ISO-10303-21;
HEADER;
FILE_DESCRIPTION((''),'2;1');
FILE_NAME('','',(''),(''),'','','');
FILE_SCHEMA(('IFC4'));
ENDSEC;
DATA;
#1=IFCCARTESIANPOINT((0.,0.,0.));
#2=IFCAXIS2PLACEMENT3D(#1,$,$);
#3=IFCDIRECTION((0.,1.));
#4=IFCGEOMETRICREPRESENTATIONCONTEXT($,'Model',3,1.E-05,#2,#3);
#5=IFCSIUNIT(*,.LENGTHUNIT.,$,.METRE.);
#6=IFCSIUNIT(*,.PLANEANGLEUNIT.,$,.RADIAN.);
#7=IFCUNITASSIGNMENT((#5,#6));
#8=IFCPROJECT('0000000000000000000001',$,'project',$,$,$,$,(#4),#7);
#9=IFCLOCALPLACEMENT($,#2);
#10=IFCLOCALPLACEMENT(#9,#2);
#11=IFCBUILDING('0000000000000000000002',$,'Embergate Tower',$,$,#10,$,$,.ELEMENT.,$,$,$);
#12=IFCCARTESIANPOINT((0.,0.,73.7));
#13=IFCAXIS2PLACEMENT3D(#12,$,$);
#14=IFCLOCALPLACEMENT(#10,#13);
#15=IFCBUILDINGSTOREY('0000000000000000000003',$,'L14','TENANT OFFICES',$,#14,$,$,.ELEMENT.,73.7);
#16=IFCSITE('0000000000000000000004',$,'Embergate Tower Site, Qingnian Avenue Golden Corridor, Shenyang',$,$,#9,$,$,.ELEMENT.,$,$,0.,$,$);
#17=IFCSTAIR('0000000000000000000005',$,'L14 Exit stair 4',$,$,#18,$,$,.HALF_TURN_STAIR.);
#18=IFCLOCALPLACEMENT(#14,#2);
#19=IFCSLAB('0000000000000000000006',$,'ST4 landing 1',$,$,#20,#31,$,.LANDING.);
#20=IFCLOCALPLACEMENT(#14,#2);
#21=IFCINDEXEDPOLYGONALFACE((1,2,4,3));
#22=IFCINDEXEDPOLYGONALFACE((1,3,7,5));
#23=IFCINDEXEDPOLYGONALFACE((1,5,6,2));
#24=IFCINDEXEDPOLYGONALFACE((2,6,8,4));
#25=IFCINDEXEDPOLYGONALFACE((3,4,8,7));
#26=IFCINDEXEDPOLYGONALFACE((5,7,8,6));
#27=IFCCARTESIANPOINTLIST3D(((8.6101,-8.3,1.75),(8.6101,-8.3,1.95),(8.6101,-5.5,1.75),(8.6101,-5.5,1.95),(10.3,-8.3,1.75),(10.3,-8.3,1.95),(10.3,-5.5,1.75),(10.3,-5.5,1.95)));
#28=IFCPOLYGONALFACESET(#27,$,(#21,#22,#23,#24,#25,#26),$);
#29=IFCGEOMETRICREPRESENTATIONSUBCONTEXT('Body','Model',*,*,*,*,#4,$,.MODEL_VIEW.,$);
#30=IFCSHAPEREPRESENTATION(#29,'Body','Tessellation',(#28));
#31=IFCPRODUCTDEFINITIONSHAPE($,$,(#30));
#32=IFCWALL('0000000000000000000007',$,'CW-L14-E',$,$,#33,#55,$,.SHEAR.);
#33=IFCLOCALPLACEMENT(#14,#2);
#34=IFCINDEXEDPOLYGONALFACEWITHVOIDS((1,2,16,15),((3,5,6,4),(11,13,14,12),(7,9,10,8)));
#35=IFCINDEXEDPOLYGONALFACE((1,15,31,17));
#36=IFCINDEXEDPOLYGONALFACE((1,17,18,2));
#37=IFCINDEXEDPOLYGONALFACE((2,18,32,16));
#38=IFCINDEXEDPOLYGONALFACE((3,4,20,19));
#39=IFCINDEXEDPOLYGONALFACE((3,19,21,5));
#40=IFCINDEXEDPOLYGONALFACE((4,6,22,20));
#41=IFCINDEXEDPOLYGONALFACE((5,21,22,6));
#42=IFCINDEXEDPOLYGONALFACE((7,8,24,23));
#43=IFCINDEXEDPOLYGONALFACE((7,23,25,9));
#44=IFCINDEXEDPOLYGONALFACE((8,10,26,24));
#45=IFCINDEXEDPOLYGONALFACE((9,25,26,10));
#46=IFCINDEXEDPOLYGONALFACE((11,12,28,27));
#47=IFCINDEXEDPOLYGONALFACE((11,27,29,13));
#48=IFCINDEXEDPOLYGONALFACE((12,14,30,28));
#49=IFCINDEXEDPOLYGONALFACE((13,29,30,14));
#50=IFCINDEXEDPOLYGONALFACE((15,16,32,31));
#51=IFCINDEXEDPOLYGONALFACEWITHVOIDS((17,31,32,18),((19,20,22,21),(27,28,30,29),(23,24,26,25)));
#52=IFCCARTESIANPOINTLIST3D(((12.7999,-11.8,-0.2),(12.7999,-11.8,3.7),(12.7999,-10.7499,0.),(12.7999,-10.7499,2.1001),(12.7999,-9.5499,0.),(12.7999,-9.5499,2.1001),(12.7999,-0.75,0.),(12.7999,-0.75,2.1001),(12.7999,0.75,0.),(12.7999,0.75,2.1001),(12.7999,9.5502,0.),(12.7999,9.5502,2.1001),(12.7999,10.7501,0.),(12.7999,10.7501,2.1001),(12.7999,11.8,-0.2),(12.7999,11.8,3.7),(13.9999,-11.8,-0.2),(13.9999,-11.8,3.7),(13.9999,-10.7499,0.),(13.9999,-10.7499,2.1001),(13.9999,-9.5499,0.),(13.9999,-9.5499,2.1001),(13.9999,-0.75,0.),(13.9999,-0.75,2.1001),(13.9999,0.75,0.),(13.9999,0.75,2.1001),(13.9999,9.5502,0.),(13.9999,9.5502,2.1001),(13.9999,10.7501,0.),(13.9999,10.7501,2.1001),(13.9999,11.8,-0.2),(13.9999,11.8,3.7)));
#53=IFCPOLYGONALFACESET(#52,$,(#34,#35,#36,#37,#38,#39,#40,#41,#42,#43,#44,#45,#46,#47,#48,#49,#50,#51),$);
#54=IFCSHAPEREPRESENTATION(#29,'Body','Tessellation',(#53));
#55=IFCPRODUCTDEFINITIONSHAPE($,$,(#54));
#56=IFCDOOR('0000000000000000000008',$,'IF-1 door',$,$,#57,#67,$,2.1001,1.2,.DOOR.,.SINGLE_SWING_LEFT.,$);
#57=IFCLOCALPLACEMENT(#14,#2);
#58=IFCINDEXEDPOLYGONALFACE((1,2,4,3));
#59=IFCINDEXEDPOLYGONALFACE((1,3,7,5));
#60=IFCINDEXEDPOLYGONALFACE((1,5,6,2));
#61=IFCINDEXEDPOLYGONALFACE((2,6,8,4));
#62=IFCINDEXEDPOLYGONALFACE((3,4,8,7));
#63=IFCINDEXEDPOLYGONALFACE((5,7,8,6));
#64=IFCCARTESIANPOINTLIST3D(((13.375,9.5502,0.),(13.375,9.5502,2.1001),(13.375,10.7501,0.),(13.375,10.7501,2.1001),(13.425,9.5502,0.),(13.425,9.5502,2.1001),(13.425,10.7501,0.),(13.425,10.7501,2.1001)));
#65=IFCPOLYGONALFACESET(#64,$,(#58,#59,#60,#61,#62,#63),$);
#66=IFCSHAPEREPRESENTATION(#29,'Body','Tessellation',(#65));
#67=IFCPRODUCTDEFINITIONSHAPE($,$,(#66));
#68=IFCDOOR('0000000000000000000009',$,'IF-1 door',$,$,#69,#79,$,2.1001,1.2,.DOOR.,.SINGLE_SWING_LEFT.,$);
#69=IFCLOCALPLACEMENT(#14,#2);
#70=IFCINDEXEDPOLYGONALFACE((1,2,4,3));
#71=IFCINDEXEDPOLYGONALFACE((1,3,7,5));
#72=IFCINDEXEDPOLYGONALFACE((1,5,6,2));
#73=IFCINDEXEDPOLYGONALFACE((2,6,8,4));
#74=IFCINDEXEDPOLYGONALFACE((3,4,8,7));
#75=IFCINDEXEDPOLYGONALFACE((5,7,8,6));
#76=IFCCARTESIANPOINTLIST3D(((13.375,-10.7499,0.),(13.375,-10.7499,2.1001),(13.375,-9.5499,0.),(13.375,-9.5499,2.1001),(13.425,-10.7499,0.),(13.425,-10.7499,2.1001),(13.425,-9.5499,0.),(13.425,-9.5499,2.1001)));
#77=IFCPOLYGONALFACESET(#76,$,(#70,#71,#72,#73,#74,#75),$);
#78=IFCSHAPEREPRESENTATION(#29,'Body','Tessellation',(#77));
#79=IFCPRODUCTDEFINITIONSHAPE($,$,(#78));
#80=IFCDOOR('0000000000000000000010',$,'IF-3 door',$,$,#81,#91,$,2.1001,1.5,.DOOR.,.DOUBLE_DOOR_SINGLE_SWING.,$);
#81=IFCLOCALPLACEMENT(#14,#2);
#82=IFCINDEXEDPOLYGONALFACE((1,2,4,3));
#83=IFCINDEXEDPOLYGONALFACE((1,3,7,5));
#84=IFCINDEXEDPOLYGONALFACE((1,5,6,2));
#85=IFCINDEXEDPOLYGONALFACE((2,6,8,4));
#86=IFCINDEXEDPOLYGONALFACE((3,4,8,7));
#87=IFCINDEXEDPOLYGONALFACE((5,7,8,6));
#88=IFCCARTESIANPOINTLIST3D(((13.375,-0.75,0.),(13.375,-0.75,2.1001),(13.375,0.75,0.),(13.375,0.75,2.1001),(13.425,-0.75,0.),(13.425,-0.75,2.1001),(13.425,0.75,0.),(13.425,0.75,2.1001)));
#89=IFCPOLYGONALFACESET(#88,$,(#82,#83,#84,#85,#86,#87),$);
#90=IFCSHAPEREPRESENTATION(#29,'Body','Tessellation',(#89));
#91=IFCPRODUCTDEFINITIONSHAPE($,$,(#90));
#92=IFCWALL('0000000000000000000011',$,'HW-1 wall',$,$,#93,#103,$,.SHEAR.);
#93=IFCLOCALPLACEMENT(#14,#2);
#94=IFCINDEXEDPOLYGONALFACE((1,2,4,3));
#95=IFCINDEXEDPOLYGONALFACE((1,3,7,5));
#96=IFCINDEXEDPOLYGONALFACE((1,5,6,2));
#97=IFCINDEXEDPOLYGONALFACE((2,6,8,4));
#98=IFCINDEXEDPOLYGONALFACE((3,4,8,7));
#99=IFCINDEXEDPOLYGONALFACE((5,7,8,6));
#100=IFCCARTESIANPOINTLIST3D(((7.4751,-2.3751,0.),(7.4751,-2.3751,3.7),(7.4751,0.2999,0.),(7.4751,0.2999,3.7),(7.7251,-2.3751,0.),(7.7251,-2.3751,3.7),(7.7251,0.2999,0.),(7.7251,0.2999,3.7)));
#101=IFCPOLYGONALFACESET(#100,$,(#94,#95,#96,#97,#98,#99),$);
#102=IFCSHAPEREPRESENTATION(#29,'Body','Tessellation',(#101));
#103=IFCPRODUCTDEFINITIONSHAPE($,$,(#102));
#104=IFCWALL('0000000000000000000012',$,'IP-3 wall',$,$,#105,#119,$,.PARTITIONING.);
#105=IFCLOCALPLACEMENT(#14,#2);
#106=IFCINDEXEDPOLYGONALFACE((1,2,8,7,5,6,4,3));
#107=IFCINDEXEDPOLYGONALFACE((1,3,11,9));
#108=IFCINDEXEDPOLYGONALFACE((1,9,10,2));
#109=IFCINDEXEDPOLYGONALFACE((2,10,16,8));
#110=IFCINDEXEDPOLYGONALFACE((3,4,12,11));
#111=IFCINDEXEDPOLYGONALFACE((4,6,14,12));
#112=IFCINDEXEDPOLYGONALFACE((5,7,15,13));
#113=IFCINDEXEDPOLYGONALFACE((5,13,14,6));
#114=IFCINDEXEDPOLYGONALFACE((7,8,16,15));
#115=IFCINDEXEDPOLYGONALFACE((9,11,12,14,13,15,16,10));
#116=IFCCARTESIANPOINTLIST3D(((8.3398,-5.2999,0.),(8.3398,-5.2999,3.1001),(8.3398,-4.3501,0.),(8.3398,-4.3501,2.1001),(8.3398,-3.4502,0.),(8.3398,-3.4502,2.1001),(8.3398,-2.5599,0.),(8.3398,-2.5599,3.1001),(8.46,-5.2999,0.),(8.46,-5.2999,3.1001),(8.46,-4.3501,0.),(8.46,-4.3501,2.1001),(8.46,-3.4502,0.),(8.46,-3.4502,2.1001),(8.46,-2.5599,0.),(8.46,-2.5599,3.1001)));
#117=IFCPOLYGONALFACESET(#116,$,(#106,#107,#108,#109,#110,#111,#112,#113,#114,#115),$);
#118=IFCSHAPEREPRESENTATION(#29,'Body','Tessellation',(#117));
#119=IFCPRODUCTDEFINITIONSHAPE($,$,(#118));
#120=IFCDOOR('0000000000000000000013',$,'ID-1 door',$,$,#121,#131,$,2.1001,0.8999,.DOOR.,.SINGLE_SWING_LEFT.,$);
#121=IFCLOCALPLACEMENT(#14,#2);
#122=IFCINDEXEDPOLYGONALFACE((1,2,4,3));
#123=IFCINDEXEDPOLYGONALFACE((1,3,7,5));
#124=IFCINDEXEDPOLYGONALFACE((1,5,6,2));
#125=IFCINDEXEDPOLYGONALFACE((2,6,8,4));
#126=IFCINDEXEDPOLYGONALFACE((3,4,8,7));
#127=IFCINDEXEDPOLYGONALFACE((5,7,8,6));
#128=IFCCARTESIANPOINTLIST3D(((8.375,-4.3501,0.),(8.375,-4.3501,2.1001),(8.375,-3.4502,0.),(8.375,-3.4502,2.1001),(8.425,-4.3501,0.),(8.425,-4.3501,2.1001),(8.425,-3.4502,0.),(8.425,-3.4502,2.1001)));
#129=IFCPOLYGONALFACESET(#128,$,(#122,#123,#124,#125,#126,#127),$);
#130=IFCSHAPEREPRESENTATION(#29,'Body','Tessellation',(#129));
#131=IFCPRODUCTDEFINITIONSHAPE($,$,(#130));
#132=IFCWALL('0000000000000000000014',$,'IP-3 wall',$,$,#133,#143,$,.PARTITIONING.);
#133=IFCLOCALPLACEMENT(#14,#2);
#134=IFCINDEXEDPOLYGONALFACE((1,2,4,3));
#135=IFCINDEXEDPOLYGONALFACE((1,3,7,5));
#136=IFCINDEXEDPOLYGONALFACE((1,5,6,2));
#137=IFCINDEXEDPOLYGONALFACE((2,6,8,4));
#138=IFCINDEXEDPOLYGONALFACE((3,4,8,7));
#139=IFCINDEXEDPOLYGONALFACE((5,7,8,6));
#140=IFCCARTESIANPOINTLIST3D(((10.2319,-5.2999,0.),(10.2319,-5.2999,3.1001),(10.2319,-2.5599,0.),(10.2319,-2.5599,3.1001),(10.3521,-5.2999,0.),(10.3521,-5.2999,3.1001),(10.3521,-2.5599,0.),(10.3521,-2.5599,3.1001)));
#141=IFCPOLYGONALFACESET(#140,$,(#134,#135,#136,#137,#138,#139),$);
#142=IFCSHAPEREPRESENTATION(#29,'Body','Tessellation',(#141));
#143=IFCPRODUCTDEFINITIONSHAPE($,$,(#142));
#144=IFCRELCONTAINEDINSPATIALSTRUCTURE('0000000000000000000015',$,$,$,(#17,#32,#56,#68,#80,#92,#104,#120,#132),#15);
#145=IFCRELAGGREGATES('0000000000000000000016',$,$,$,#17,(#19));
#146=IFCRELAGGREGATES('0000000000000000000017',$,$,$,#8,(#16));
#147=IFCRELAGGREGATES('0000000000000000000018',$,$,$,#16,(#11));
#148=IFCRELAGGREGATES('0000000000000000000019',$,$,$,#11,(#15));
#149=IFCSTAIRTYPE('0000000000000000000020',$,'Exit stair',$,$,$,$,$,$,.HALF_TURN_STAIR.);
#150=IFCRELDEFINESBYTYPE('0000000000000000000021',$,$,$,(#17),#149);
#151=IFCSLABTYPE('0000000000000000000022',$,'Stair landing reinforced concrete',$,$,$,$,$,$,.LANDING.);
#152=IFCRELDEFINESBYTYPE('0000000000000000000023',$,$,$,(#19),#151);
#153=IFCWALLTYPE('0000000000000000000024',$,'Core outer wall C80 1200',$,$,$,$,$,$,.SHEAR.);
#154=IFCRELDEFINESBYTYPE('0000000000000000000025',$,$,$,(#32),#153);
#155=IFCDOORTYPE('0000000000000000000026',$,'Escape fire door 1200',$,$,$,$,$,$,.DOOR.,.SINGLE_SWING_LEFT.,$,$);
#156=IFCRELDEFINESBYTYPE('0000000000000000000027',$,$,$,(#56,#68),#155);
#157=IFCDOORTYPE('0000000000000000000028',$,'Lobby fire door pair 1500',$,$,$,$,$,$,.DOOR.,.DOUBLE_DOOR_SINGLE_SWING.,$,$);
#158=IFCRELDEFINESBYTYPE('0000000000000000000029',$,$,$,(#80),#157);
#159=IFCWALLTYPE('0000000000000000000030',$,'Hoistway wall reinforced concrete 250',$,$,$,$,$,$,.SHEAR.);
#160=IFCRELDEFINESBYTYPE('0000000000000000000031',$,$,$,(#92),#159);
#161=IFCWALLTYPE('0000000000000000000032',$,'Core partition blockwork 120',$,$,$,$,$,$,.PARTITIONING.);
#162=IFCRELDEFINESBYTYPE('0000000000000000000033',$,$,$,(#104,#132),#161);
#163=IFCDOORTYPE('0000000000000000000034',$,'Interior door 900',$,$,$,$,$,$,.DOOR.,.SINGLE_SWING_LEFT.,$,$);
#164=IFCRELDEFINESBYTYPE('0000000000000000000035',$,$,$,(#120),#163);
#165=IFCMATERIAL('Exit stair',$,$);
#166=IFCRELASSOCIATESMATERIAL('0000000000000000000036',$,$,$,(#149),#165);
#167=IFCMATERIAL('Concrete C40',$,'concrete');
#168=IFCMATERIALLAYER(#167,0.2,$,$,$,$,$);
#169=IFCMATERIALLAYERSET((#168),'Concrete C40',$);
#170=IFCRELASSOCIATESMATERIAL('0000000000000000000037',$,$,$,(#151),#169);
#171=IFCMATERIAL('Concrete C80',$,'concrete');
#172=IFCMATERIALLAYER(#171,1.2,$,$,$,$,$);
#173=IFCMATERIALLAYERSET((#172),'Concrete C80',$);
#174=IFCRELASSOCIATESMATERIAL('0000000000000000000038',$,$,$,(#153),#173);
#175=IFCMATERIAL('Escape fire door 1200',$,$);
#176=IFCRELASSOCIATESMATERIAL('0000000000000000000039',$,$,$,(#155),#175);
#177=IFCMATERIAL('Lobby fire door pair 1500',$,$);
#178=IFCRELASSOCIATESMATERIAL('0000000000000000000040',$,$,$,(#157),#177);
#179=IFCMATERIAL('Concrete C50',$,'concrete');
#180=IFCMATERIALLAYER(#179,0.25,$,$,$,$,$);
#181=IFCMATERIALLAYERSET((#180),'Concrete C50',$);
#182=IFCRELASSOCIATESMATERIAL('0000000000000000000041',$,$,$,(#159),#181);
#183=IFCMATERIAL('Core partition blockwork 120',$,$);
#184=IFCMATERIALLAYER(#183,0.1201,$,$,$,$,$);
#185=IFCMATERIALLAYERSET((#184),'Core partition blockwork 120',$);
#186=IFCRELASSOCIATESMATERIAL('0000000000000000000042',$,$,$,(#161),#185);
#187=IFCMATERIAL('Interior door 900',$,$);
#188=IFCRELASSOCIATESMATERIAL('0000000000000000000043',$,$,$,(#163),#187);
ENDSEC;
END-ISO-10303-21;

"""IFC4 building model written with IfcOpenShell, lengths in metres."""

from ifc_helpers import new_model, si_unit, direction, frame, frame_2d, origin, place, context, subcontext, project, spatial, polyline, rectangle, outline, extrude, source, transform, mapped, material, layer, layer_set, type_object, element, fill, aggregate, save


model = new_model("IFC4")

# Units and contexts
model_context = context("Model", 3, precision=1e-05, world=origin(), true_north=direction((0.0, 1.0)))
body_context = subcontext(model_context, "Body", "Model", "MODEL_VIEW")
ifc_project = project(units=[si_unit("LENGTHUNIT", "METRE"), si_unit("PLANEANGLEUNIT", "RADIAN")], contexts=[model_context])

# Site, building, storey
site_placement = place(None, origin())
site = spatial("IfcSite", under=ifc_project, at=site_placement, Name="Embergate Tower Site, Qingnian Avenue Golden Corridor, Shenyang", CompositionType="ELEMENT", RefElevation=0.0)
building_placement = place(site_placement, origin())
building = spatial("IfcBuilding", under=site, at=building_placement, Name="Embergate Tower", CompositionType="ELEMENT")
storey_placement = place(building_placement, frame((0.0, 0.0, 73.7)))
storey = spatial("IfcBuildingStorey", under=building, at=storey_placement, Name="L14", Description="TENANT OFFICES", CompositionType="ELEMENT", Elevation=73.7)

# Stair, slab
ifc_material_1 = material(Name="Exit stair")
stair_type = type_object("IfcStairType", Name="Exit stair", PredefinedType="HALF_TURN_STAIR", material=ifc_material_1)
stair_placement = place(storey_placement, origin())
stair = element("IfcStair", 1, at=stair_placement, inside=storey, type_object=stair_type, Name="L14 Exit stair 4", PredefinedType="HALF_TURN_STAIR")
ifc_material_2 = material(Name="Concrete C40", Category="concrete")
ifc_layer_1 = layer(ifc_material_2, 0.2)
ifc_layer_set_1 = layer_set([ifc_layer_1], Name="Concrete C40")
slab_type = type_object("IfcSlabType", Name="Stair landing reinforced concrete", PredefinedType="LANDING", material=ifc_layer_set_1)
shared_shape_1 = source(origin(), body_context, "Body", "SweptSolid", [
    extrude(outline(polyline([(0.0, 0.0), (1.6899, 0.0), (1.6899, 2.8), (0.0, 2.8), (0.0, 0.0)])), origin(), (0.0, 0.0, 1.0), 0.2),
])
slab_placement = place(storey_placement, frame((8.6101, -8.3, 1.75)))
slab = element("IfcSlab", 2, at=slab_placement, type_object=slab_type, Name="ST4 landing 1", PredefinedType="LANDING", context=body_context, shape_type="MappedRepresentation", body=[
    mapped(shared_shape_1, transform((0.0, 0.0, 0.0))),
])

# Wall, openings, doors
ifc_material_3 = material(Name="Concrete C80", Category="concrete")
ifc_layer_2 = layer(ifc_material_3, 1.2)
ifc_layer_set_2 = layer_set([ifc_layer_2], Name="Concrete C80")
wall_type_1 = type_object("IfcWallType", Name="Core outer wall C80 1200", PredefinedType="SHEAR", material=ifc_layer_set_2)
shared_shape_2 = source(origin(), body_context, "Body", "SweptSolid", [
    extrude(rectangle(XDim=23.6001, YDim=1.2, at=frame_2d((11.8, 0.0))), origin(), (0.0, 0.0, 1.0), 3.8999),
])
wall_1_placement = place(storey_placement, frame((13.3999, -11.8, -0.2), z_axis=(0.0, 0.0, 1.0), x_axis=(0.0, 1.0, 0.0)))
wall_1 = element("IfcWall", 3, at=wall_1_placement, inside=storey, type_object=wall_type_1, Name="CW-L14-E", PredefinedType="SHEAR", context=body_context, shape_type="MappedRepresentation", body=[
    mapped(shared_shape_2, transform((0.0, 0.0, 0.0))),
])
shared_shape_3 = source(origin(), body_context, "Body", "SweptSolid", [
    extrude(rectangle(XDim=1.2, YDim=2.1001, at=frame_2d((0.6001, 1.05))), frame((0.0, 0.6099, 0.0), z_axis=(0.0, -1.0, 0.0), x_axis=(1.0, 0.0, 0.0)), (0.0, 0.0, 1.0), 1.22),
])
opening_1_placement = place(wall_1_placement, frame((21.3501, 0.0, 0.2)))
opening_1 = element("IfcOpeningElement", 4, at=opening_1_placement, cuts=wall_1, PredefinedType="OPENING", context=body_context, shape_type="MappedRepresentation", body=[
    mapped(shared_shape_3, transform((0.0, 0.0, 0.0))),
])
opening_2_placement = place(wall_1_placement, frame((1.05, 0.0, 0.2)))
opening_2 = element("IfcOpeningElement", 5, at=opening_2_placement, cuts=wall_1, PredefinedType="OPENING", context=body_context, shape_type="MappedRepresentation", body=[
    mapped(shared_shape_3, transform((0.0, 0.0, 0.0))),
])
shared_shape_4 = source(origin(), body_context, "Body", "SweptSolid", [
    extrude(rectangle(XDim=1.5, YDim=2.1001, at=frame_2d((0.75, 1.05))), frame((0.0, 0.6099, 0.0), z_axis=(0.0, -1.0, 0.0), x_axis=(1.0, 0.0, 0.0)), (0.0, 0.0, 1.0), 1.22),
])
opening_3_placement = place(wall_1_placement, frame((11.05, 0.0, 0.2)))
opening_3 = element("IfcOpeningElement", 6, at=opening_3_placement, cuts=wall_1, PredefinedType="OPENING", context=body_context, shape_type="MappedRepresentation", body=[
    mapped(shared_shape_4, transform((0.0, 0.0, 0.0))),
])
ifc_material_4 = material(Name="Escape fire door 1200")
door_type_1 = type_object("IfcDoorType", Name="Escape fire door 1200", OperationType="SINGLE_SWING_LEFT", PredefinedType="DOOR", material=ifc_material_4)
shared_shape_5 = source(origin(), body_context, "Body", "SweptSolid", [
    extrude(rectangle(XDim=1.2, YDim=2.1001, at=frame_2d((0.6001, 1.05))), frame((0.0, 0.0249, 0.0), z_axis=(0.0, -1.0, 0.0), x_axis=(1.0, 0.0, 0.0)), (0.0, 0.0, 1.0), 0.05),
])
door_1_placement = place(opening_1_placement, origin())
door_1 = element("IfcDoor", 7, at=door_1_placement, inside=storey, type_object=door_type_1, Name="IF-1 door", OperationType="SINGLE_SWING_LEFT", OverallHeight=2.1001, OverallWidth=1.2, PredefinedType="DOOR", context=body_context, shape_type="MappedRepresentation", body=[
    mapped(shared_shape_5, transform((0.0, 0.0, 0.0))),
])
fill(opening_1, door_1)
door_2_placement = place(opening_2_placement, origin())
door_2 = element("IfcDoor", 8, at=door_2_placement, inside=storey, type_object=door_type_1, Name="IF-1 door", OperationType="SINGLE_SWING_LEFT", OverallHeight=2.1001, OverallWidth=1.2, PredefinedType="DOOR", context=body_context, shape_type="MappedRepresentation", body=[
    mapped(shared_shape_5, transform((0.0, 0.0, 0.0))),
])
fill(opening_2, door_2)
ifc_material_5 = material(Name="Lobby fire door pair 1500")
door_type_2 = type_object("IfcDoorType", Name="Lobby fire door pair 1500", OperationType="DOUBLE_DOOR_SINGLE_SWING", PredefinedType="DOOR", material=ifc_material_5)
shared_shape_6 = source(origin(), body_context, "Body", "SweptSolid", [
    extrude(rectangle(XDim=1.5, YDim=2.1001, at=frame_2d((0.75, 1.05))), frame((0.0, 0.0249, 0.0), z_axis=(0.0, -1.0, 0.0), x_axis=(1.0, 0.0, 0.0)), (0.0, 0.0, 1.0), 0.05),
])
door_3_placement = place(opening_3_placement, origin())
door_3 = element("IfcDoor", 9, at=door_3_placement, inside=storey, type_object=door_type_2, Name="IF-3 door", OperationType="DOUBLE_DOOR_SINGLE_SWING", OverallHeight=2.1001, OverallWidth=1.5, PredefinedType="DOOR", context=body_context, shape_type="MappedRepresentation", body=[
    mapped(shared_shape_6, transform((0.0, 0.0, 0.0))),
])
fill(opening_3, door_3)

# Wall
ifc_material_6 = material(Name="Concrete C50", Category="concrete")
ifc_layer_3 = layer(ifc_material_6, 0.25)
ifc_layer_set_3 = layer_set([ifc_layer_3], Name="Concrete C50")
wall_type_2 = type_object("IfcWallType", Name="Hoistway wall reinforced concrete 250", PredefinedType="SHEAR", material=ifc_layer_set_3)
shared_shape_7 = source(origin(), body_context, "Body", "SweptSolid", [
    extrude(rectangle(XDim=2.675, YDim=0.25, at=frame_2d((1.3374, 0.0))), origin(), (0.0, 0.0, 1.0), 3.7),
])
wall_2_placement = place(storey_placement, frame((7.6001, -2.375, 0.0), z_axis=(0.0, 0.0, 1.0), x_axis=(0.0, 1.0, 0.0)))
element("IfcWall", 10, at=wall_2_placement, inside=storey, type_object=wall_type_2, Name="HW-1 wall", PredefinedType="SHEAR", context=body_context, shape_type="MappedRepresentation", body=[
    mapped(shared_shape_7, transform((0.0, 0.0, 0.0))),
])

# Wall, opening, door
ifc_material_7 = material(Name="Core partition blockwork 120")
ifc_layer_4 = layer(ifc_material_7, 0.1201)
ifc_layer_set_4 = layer_set([ifc_layer_4], Name="Core partition blockwork 120")
wall_type_3 = type_object("IfcWallType", Name="Core partition blockwork 120", PredefinedType="PARTITIONING", material=ifc_layer_set_4)
shared_shape_8 = source(origin(), body_context, "Body", "SweptSolid", [
    extrude(rectangle(XDim=2.74, YDim=0.1201, at=frame_2d((1.3701, 0.0))), origin(), (0.0, 0.0, 1.0), 3.1001),
])
wall_3_placement = place(storey_placement, frame((8.3999, -5.3, 0.0), z_axis=(0.0, 0.0, 1.0), x_axis=(0.0, 1.0, 0.0)))
wall_3 = element("IfcWall", 11, at=wall_3_placement, inside=storey, type_object=wall_type_3, Name="IP-3 wall", PredefinedType="PARTITIONING", context=body_context, shape_type="MappedRepresentation", body=[
    mapped(shared_shape_8, transform((0.0, 0.0, 0.0))),
])
shared_shape_9 = source(origin(), body_context, "Body", "SweptSolid", [
    extrude(rectangle(XDim=0.8999, YDim=2.1001, at=frame_2d((0.45, 1.05))), frame((0.0, 0.0701, 0.0), z_axis=(0.0, -1.0, 0.0), x_axis=(1.0, 0.0, 0.0)), (0.0, 0.0, 1.0), 0.1401),
])
opening_4_placement = place(wall_3_placement, frame((0.95, 0.0, 0.0)))
opening_4 = element("IfcOpeningElement", 12, at=opening_4_placement, cuts=wall_3, PredefinedType="OPENING", context=body_context, shape_type="MappedRepresentation", body=[
    mapped(shared_shape_9, transform((0.0, 0.0, 0.0))),
])
ifc_material_8 = material(Name="Interior door 900")
door_type_3 = type_object("IfcDoorType", Name="Interior door 900", OperationType="SINGLE_SWING_LEFT", PredefinedType="DOOR", material=ifc_material_8)
shared_shape_10 = source(origin(), body_context, "Body", "SweptSolid", [
    extrude(rectangle(XDim=0.8999, YDim=2.1001, at=frame_2d((0.45, 1.05))), frame((0.0, 0.0249, 0.0), z_axis=(0.0, -1.0, 0.0), x_axis=(1.0, 0.0, 0.0)), (0.0, 0.0, 1.0), 0.05),
])
door_4_placement = place(opening_4_placement, origin())
door_4 = element("IfcDoor", 13, at=door_4_placement, inside=storey, type_object=door_type_3, Name="ID-1 door", OperationType="SINGLE_SWING_LEFT", OverallHeight=2.1001, OverallWidth=0.8999, PredefinedType="DOOR", context=body_context, shape_type="MappedRepresentation", body=[
    mapped(shared_shape_10, transform((0.0, 0.0, 0.0))),
])
fill(opening_4, door_4)

# Wall
wall_4_placement = place(storey_placement, frame((10.292, -5.3, 0.0), z_axis=(0.0, 0.0, 1.0), x_axis=(0.0, 1.0, 0.0)))
element("IfcWall", 14, at=wall_4_placement, inside=storey, type_object=wall_type_3, Name="IP-3 wall", PredefinedType="PARTITIONING", context=body_context, shape_type="MappedRepresentation", body=[
    mapped(shared_shape_8, transform((0.0, 0.0, 0.0))),
])

aggregate(stair, [slab])

save(model, "model.ifc")
